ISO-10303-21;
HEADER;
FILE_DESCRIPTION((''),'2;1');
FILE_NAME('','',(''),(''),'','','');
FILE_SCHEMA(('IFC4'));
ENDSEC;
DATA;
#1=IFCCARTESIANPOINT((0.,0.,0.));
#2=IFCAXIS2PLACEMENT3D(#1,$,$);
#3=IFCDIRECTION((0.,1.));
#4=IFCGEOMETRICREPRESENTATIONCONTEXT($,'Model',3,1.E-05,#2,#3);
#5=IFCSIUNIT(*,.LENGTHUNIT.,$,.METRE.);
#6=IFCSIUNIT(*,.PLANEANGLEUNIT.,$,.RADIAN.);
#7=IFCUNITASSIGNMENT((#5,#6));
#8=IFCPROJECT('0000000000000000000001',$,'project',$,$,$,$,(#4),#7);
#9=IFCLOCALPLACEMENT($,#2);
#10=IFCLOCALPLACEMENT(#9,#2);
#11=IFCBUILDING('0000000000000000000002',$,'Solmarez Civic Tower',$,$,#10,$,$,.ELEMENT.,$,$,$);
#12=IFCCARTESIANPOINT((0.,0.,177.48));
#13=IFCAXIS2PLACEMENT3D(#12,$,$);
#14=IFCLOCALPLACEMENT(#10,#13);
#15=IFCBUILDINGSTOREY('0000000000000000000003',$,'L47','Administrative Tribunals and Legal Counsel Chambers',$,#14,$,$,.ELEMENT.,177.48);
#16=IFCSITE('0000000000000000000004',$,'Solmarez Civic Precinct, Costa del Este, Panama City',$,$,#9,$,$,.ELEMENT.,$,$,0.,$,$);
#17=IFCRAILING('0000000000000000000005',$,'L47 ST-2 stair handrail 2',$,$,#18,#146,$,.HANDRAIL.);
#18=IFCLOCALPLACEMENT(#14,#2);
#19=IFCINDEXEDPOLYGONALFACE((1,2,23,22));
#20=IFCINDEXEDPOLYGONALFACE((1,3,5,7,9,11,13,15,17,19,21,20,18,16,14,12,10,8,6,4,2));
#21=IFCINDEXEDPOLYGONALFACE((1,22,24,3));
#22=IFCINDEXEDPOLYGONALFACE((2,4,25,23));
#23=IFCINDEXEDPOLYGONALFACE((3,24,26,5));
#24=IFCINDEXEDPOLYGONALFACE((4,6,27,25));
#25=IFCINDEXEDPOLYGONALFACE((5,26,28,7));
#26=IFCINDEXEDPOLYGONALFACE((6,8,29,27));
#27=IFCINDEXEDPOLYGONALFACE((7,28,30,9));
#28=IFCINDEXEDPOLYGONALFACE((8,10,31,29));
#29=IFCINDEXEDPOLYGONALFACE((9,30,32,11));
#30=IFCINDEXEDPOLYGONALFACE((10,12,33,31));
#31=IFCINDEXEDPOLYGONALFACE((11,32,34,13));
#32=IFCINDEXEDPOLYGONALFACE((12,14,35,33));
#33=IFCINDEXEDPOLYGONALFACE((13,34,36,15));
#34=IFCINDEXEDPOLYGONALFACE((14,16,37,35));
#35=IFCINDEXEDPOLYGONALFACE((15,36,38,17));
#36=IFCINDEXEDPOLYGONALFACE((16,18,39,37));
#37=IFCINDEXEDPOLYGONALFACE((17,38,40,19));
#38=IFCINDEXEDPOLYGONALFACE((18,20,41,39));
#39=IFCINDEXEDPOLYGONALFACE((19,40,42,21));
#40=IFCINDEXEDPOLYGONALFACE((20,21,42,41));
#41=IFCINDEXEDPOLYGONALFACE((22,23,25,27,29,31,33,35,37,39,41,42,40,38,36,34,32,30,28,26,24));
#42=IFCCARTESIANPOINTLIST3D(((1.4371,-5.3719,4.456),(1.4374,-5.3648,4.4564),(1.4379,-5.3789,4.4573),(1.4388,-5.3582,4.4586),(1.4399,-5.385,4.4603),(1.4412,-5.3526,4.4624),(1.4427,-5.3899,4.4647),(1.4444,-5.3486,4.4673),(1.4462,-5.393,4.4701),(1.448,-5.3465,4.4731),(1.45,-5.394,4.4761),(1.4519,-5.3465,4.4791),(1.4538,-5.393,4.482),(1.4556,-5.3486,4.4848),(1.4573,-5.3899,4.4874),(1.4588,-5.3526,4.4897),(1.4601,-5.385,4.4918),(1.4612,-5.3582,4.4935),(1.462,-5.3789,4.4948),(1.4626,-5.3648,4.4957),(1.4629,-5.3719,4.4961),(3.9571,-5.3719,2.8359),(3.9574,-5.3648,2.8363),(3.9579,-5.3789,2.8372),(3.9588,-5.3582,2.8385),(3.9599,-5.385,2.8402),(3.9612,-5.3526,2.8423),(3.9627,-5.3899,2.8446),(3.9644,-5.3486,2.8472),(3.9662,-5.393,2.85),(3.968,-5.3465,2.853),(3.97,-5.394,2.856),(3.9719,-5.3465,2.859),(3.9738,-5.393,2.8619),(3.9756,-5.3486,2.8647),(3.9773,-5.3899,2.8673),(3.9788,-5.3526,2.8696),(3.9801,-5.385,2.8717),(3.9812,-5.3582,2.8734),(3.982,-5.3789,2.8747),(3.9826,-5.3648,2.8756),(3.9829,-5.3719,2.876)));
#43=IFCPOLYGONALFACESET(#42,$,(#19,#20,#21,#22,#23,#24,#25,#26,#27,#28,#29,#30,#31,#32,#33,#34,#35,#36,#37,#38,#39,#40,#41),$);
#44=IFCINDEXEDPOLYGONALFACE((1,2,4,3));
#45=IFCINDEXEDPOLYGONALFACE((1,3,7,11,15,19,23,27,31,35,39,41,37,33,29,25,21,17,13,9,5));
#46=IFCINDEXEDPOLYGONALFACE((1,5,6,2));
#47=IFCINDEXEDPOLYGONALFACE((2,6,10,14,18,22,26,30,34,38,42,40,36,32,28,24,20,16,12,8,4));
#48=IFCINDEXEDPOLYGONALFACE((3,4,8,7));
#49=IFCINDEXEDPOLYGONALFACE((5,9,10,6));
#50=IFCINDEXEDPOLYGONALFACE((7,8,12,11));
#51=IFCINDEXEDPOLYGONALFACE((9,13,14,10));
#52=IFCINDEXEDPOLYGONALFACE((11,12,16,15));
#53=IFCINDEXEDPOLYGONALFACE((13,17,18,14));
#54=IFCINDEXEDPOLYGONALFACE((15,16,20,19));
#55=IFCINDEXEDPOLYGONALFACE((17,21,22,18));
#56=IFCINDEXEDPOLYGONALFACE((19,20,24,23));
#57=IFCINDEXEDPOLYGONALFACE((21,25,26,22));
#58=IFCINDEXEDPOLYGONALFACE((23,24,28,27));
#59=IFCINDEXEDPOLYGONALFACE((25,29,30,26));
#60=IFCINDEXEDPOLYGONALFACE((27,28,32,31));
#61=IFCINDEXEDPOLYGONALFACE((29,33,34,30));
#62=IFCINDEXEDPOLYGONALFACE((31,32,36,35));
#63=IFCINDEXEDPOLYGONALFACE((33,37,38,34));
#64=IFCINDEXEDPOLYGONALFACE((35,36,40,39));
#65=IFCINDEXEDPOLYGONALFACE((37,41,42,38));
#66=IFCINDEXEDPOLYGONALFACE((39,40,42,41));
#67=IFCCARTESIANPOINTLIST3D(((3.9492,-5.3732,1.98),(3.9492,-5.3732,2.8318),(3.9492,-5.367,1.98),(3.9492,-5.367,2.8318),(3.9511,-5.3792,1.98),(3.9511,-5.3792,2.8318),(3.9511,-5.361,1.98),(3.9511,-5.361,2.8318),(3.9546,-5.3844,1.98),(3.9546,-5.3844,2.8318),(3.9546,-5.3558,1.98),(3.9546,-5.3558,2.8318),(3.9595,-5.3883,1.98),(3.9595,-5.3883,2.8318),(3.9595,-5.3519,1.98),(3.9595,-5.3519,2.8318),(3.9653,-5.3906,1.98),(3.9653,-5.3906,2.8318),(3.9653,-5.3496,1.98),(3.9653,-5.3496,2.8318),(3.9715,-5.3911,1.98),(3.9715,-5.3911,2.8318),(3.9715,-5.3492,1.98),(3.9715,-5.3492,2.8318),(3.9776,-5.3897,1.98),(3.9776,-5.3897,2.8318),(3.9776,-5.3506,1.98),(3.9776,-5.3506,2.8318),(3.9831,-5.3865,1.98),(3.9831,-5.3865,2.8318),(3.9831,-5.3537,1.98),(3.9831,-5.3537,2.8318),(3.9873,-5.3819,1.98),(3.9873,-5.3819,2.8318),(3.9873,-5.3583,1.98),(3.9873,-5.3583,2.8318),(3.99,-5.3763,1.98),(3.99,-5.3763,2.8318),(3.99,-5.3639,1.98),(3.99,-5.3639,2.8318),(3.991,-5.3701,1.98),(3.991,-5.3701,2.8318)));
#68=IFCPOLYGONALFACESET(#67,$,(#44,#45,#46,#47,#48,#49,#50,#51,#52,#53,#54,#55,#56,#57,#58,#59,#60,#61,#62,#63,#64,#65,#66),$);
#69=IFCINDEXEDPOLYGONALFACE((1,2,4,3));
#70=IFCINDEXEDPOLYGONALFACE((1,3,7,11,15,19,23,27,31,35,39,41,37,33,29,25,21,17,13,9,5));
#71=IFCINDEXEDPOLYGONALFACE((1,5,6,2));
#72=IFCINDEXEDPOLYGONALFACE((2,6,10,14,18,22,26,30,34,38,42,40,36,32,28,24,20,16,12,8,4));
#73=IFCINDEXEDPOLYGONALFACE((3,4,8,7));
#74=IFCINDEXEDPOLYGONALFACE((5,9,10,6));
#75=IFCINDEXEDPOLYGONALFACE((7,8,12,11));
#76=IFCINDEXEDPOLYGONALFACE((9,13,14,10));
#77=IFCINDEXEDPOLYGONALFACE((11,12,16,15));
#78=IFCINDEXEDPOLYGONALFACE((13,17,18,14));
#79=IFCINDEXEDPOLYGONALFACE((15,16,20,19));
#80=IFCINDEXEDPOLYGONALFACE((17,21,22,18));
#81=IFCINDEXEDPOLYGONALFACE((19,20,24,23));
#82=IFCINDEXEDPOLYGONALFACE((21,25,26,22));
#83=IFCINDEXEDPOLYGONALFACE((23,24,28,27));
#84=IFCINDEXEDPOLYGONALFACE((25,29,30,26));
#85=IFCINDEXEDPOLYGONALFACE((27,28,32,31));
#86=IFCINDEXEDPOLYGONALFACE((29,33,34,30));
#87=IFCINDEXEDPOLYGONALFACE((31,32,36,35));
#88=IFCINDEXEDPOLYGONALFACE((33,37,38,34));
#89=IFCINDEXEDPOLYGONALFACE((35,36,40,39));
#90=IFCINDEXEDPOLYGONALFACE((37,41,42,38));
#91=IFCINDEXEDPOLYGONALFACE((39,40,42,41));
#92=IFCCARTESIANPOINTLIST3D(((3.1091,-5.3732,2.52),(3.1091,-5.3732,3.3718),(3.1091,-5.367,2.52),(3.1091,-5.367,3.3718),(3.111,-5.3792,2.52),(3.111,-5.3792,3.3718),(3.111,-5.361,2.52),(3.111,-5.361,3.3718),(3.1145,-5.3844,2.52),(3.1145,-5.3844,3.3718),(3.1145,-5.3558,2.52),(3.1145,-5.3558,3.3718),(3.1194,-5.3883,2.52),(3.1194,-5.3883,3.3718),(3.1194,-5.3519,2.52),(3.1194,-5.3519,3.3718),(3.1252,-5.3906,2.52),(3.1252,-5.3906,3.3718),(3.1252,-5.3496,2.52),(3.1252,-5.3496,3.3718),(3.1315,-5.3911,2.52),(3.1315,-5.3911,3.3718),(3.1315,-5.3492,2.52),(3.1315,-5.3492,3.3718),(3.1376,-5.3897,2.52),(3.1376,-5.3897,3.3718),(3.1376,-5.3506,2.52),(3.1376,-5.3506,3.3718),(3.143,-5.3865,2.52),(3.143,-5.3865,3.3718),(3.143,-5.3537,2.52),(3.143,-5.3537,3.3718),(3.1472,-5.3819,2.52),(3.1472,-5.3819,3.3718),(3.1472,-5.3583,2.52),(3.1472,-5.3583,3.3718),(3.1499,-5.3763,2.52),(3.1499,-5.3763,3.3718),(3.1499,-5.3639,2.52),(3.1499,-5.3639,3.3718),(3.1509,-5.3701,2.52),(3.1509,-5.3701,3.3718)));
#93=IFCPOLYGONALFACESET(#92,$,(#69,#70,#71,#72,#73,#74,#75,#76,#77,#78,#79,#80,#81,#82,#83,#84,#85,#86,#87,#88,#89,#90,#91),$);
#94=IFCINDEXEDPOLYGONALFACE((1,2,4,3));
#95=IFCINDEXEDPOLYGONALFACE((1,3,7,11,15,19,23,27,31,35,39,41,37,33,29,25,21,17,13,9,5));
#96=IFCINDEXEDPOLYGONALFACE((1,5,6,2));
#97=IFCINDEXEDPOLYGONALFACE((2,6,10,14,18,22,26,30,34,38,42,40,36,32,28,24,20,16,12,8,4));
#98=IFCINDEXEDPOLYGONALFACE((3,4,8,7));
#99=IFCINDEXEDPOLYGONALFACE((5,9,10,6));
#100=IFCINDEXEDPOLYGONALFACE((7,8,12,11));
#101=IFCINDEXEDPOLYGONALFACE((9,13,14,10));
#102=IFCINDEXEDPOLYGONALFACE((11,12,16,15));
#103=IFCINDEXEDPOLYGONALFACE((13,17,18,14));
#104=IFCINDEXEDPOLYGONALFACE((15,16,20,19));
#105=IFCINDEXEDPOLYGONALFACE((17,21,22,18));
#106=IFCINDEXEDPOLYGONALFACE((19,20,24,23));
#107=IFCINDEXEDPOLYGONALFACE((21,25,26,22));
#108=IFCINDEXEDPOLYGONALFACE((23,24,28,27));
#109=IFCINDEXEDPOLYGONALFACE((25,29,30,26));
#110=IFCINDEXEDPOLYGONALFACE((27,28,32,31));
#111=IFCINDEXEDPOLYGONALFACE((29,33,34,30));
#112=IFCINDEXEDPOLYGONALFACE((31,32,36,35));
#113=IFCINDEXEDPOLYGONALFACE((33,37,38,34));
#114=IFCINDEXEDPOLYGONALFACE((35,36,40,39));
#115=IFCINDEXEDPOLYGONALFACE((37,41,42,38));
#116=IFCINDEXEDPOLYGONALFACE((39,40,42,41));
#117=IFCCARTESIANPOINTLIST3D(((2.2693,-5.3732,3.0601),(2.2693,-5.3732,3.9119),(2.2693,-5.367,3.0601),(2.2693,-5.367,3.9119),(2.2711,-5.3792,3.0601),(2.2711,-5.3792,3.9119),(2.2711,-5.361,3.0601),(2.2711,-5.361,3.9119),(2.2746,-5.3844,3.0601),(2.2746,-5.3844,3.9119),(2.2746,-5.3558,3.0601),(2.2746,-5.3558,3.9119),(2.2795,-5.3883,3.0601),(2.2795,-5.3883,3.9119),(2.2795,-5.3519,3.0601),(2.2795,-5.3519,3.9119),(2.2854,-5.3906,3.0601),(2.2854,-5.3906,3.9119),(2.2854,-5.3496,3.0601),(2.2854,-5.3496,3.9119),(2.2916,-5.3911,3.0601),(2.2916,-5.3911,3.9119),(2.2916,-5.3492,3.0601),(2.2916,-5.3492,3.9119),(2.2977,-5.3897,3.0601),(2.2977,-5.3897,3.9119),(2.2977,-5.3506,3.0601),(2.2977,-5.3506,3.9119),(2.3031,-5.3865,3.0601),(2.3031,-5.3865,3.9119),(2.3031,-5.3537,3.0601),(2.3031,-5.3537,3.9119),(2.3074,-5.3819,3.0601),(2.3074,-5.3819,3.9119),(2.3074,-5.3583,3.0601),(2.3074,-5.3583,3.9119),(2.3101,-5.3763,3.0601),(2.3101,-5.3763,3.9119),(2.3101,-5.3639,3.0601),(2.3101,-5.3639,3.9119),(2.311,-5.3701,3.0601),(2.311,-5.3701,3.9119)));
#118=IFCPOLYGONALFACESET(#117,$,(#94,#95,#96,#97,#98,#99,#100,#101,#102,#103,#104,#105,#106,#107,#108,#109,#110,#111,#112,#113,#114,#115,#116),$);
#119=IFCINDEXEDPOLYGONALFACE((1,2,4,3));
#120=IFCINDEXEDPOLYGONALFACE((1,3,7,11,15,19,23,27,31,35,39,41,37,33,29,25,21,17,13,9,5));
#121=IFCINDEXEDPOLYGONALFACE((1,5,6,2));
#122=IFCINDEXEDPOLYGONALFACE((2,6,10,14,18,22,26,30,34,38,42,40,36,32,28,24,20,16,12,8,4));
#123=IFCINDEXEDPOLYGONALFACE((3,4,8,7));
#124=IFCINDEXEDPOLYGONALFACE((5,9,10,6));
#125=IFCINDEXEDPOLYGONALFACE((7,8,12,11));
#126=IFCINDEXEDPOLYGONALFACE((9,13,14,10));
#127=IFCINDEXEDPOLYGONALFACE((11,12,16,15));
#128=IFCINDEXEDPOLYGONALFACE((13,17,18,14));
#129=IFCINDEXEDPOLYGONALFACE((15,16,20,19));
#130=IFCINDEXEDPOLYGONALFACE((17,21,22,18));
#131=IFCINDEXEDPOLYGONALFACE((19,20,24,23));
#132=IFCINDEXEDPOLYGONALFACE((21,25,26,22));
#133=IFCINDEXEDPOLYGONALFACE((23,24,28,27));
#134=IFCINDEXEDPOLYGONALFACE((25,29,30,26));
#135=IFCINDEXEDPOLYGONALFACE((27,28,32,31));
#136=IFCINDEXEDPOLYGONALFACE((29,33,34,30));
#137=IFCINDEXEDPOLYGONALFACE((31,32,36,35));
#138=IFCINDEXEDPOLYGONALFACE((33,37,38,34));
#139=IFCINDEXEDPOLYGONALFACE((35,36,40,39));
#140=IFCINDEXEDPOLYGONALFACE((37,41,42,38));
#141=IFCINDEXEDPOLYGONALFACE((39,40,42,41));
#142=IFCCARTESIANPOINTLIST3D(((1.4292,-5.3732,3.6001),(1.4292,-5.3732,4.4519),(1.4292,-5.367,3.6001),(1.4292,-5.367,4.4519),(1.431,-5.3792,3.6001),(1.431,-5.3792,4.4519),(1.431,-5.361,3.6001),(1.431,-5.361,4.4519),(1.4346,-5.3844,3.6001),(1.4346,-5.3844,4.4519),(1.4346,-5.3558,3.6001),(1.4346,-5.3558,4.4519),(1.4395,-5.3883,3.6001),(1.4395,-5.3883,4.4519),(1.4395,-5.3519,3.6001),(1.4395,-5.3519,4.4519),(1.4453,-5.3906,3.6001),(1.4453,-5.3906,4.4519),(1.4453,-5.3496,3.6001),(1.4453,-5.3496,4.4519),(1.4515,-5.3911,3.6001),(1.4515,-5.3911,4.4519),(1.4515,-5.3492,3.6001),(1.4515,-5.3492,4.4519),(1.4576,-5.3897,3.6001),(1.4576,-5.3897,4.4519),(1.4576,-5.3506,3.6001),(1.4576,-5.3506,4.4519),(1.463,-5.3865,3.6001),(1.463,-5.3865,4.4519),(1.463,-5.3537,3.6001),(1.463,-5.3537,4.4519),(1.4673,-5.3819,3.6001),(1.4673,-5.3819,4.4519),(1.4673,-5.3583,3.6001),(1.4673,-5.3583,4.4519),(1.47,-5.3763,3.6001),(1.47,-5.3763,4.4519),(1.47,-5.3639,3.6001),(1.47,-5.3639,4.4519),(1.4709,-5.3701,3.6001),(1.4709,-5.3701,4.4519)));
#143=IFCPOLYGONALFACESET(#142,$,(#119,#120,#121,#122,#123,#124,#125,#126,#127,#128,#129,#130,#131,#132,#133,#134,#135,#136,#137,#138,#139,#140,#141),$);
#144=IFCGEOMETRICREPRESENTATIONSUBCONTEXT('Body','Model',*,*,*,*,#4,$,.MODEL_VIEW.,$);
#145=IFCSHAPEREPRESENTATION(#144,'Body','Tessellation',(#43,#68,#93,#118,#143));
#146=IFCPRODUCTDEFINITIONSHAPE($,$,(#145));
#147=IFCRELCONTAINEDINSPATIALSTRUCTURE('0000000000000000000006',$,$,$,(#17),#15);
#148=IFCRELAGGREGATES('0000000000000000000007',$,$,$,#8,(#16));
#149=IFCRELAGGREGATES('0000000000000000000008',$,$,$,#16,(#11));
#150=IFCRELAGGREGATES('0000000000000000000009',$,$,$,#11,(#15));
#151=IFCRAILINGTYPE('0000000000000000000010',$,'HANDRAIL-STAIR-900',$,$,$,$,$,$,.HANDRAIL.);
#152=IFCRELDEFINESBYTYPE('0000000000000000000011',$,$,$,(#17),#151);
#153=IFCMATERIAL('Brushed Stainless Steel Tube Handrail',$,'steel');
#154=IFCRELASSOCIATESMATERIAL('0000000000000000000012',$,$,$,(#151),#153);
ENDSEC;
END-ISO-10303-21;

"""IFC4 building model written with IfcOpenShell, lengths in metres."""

from ifc_helpers import new_model, si_unit, direction, frame, origin, origin_2d, place, context, subcontext, project, spatial, circle, extrude, material, type_object, element, save


model = new_model("IFC4")

# Units and contexts
model_context = context("Model", 3, precision=1e-05, world=origin(), true_north=direction((0.0, 1.0)))
body_context = subcontext(model_context, "Body", "Model", "MODEL_VIEW")
ifc_project = project(units=[si_unit("LENGTHUNIT", "METRE"), si_unit("PLANEANGLEUNIT", "RADIAN")], contexts=[model_context])

# Site, building, storey
site_placement = place(None, origin())
site = spatial("IfcSite", under=ifc_project, at=site_placement, Name="Solmarez Civic Precinct, Costa del Este, Panama City", CompositionType="ELEMENT", RefElevation=0.0)
building_placement = place(site_placement, origin())
building = spatial("IfcBuilding", under=site, at=building_placement, Name="Solmarez Civic Tower", CompositionType="ELEMENT")
storey_placement = place(building_placement, frame((0.0, 0.0, 177.48)))
storey = spatial("IfcBuildingStorey", under=building, at=storey_placement, Name="L47", Description="Administrative Tribunals and Legal Counsel Chambers", CompositionType="ELEMENT", Elevation=177.48)

# Railing
ifc_material_1 = material(Name="Brushed Stainless Steel Tube Handrail", Category="steel")
railing_type_1 = type_object("IfcRailingType", Name="HANDRAIL-STAIR-900", PredefinedType="HANDRAIL", material=ifc_material_1)
railing_1_placement = place(storey_placement, frame((3.97, -5.3701, 1.98)))
element("IfcRailing", 1, at=railing_1_placement, inside=storey, type_object=railing_type_1, Name="L47 ST-2 stair handrail 2", PredefinedType="HANDRAIL", context=body_context, shape_type="SweptSolid", body=[
    extrude(circle(Radius=0.0239, at=origin_2d()), frame((0.0, 0.0, 0.876), z_axis=(-0.841163, 0.0, 0.540782), x_axis=(0.0, -1.0, 0.0)), (0.0, 0.0, 1.0), 2.9958),
    extrude(circle(Radius=0.021, at=origin_2d()), origin(), (0.0, 0.0, 1.0), 0.8518),
    extrude(circle(Radius=0.021, at=origin_2d()), frame((-0.8401, 0.0, 0.54)), (0.0, 0.0, 1.0), 0.8518),
    extrude(circle(Radius=0.021, at=origin_2d()), frame((-1.6799, 0.0, 1.0801)), (0.0, 0.0, 1.0), 0.8518),
    extrude(circle(Radius=0.021, at=origin_2d()), frame((-2.52, 0.0, 1.6201)), (0.0, 0.0, 1.0), 0.8518),
])

save(model, "model.ifc")
